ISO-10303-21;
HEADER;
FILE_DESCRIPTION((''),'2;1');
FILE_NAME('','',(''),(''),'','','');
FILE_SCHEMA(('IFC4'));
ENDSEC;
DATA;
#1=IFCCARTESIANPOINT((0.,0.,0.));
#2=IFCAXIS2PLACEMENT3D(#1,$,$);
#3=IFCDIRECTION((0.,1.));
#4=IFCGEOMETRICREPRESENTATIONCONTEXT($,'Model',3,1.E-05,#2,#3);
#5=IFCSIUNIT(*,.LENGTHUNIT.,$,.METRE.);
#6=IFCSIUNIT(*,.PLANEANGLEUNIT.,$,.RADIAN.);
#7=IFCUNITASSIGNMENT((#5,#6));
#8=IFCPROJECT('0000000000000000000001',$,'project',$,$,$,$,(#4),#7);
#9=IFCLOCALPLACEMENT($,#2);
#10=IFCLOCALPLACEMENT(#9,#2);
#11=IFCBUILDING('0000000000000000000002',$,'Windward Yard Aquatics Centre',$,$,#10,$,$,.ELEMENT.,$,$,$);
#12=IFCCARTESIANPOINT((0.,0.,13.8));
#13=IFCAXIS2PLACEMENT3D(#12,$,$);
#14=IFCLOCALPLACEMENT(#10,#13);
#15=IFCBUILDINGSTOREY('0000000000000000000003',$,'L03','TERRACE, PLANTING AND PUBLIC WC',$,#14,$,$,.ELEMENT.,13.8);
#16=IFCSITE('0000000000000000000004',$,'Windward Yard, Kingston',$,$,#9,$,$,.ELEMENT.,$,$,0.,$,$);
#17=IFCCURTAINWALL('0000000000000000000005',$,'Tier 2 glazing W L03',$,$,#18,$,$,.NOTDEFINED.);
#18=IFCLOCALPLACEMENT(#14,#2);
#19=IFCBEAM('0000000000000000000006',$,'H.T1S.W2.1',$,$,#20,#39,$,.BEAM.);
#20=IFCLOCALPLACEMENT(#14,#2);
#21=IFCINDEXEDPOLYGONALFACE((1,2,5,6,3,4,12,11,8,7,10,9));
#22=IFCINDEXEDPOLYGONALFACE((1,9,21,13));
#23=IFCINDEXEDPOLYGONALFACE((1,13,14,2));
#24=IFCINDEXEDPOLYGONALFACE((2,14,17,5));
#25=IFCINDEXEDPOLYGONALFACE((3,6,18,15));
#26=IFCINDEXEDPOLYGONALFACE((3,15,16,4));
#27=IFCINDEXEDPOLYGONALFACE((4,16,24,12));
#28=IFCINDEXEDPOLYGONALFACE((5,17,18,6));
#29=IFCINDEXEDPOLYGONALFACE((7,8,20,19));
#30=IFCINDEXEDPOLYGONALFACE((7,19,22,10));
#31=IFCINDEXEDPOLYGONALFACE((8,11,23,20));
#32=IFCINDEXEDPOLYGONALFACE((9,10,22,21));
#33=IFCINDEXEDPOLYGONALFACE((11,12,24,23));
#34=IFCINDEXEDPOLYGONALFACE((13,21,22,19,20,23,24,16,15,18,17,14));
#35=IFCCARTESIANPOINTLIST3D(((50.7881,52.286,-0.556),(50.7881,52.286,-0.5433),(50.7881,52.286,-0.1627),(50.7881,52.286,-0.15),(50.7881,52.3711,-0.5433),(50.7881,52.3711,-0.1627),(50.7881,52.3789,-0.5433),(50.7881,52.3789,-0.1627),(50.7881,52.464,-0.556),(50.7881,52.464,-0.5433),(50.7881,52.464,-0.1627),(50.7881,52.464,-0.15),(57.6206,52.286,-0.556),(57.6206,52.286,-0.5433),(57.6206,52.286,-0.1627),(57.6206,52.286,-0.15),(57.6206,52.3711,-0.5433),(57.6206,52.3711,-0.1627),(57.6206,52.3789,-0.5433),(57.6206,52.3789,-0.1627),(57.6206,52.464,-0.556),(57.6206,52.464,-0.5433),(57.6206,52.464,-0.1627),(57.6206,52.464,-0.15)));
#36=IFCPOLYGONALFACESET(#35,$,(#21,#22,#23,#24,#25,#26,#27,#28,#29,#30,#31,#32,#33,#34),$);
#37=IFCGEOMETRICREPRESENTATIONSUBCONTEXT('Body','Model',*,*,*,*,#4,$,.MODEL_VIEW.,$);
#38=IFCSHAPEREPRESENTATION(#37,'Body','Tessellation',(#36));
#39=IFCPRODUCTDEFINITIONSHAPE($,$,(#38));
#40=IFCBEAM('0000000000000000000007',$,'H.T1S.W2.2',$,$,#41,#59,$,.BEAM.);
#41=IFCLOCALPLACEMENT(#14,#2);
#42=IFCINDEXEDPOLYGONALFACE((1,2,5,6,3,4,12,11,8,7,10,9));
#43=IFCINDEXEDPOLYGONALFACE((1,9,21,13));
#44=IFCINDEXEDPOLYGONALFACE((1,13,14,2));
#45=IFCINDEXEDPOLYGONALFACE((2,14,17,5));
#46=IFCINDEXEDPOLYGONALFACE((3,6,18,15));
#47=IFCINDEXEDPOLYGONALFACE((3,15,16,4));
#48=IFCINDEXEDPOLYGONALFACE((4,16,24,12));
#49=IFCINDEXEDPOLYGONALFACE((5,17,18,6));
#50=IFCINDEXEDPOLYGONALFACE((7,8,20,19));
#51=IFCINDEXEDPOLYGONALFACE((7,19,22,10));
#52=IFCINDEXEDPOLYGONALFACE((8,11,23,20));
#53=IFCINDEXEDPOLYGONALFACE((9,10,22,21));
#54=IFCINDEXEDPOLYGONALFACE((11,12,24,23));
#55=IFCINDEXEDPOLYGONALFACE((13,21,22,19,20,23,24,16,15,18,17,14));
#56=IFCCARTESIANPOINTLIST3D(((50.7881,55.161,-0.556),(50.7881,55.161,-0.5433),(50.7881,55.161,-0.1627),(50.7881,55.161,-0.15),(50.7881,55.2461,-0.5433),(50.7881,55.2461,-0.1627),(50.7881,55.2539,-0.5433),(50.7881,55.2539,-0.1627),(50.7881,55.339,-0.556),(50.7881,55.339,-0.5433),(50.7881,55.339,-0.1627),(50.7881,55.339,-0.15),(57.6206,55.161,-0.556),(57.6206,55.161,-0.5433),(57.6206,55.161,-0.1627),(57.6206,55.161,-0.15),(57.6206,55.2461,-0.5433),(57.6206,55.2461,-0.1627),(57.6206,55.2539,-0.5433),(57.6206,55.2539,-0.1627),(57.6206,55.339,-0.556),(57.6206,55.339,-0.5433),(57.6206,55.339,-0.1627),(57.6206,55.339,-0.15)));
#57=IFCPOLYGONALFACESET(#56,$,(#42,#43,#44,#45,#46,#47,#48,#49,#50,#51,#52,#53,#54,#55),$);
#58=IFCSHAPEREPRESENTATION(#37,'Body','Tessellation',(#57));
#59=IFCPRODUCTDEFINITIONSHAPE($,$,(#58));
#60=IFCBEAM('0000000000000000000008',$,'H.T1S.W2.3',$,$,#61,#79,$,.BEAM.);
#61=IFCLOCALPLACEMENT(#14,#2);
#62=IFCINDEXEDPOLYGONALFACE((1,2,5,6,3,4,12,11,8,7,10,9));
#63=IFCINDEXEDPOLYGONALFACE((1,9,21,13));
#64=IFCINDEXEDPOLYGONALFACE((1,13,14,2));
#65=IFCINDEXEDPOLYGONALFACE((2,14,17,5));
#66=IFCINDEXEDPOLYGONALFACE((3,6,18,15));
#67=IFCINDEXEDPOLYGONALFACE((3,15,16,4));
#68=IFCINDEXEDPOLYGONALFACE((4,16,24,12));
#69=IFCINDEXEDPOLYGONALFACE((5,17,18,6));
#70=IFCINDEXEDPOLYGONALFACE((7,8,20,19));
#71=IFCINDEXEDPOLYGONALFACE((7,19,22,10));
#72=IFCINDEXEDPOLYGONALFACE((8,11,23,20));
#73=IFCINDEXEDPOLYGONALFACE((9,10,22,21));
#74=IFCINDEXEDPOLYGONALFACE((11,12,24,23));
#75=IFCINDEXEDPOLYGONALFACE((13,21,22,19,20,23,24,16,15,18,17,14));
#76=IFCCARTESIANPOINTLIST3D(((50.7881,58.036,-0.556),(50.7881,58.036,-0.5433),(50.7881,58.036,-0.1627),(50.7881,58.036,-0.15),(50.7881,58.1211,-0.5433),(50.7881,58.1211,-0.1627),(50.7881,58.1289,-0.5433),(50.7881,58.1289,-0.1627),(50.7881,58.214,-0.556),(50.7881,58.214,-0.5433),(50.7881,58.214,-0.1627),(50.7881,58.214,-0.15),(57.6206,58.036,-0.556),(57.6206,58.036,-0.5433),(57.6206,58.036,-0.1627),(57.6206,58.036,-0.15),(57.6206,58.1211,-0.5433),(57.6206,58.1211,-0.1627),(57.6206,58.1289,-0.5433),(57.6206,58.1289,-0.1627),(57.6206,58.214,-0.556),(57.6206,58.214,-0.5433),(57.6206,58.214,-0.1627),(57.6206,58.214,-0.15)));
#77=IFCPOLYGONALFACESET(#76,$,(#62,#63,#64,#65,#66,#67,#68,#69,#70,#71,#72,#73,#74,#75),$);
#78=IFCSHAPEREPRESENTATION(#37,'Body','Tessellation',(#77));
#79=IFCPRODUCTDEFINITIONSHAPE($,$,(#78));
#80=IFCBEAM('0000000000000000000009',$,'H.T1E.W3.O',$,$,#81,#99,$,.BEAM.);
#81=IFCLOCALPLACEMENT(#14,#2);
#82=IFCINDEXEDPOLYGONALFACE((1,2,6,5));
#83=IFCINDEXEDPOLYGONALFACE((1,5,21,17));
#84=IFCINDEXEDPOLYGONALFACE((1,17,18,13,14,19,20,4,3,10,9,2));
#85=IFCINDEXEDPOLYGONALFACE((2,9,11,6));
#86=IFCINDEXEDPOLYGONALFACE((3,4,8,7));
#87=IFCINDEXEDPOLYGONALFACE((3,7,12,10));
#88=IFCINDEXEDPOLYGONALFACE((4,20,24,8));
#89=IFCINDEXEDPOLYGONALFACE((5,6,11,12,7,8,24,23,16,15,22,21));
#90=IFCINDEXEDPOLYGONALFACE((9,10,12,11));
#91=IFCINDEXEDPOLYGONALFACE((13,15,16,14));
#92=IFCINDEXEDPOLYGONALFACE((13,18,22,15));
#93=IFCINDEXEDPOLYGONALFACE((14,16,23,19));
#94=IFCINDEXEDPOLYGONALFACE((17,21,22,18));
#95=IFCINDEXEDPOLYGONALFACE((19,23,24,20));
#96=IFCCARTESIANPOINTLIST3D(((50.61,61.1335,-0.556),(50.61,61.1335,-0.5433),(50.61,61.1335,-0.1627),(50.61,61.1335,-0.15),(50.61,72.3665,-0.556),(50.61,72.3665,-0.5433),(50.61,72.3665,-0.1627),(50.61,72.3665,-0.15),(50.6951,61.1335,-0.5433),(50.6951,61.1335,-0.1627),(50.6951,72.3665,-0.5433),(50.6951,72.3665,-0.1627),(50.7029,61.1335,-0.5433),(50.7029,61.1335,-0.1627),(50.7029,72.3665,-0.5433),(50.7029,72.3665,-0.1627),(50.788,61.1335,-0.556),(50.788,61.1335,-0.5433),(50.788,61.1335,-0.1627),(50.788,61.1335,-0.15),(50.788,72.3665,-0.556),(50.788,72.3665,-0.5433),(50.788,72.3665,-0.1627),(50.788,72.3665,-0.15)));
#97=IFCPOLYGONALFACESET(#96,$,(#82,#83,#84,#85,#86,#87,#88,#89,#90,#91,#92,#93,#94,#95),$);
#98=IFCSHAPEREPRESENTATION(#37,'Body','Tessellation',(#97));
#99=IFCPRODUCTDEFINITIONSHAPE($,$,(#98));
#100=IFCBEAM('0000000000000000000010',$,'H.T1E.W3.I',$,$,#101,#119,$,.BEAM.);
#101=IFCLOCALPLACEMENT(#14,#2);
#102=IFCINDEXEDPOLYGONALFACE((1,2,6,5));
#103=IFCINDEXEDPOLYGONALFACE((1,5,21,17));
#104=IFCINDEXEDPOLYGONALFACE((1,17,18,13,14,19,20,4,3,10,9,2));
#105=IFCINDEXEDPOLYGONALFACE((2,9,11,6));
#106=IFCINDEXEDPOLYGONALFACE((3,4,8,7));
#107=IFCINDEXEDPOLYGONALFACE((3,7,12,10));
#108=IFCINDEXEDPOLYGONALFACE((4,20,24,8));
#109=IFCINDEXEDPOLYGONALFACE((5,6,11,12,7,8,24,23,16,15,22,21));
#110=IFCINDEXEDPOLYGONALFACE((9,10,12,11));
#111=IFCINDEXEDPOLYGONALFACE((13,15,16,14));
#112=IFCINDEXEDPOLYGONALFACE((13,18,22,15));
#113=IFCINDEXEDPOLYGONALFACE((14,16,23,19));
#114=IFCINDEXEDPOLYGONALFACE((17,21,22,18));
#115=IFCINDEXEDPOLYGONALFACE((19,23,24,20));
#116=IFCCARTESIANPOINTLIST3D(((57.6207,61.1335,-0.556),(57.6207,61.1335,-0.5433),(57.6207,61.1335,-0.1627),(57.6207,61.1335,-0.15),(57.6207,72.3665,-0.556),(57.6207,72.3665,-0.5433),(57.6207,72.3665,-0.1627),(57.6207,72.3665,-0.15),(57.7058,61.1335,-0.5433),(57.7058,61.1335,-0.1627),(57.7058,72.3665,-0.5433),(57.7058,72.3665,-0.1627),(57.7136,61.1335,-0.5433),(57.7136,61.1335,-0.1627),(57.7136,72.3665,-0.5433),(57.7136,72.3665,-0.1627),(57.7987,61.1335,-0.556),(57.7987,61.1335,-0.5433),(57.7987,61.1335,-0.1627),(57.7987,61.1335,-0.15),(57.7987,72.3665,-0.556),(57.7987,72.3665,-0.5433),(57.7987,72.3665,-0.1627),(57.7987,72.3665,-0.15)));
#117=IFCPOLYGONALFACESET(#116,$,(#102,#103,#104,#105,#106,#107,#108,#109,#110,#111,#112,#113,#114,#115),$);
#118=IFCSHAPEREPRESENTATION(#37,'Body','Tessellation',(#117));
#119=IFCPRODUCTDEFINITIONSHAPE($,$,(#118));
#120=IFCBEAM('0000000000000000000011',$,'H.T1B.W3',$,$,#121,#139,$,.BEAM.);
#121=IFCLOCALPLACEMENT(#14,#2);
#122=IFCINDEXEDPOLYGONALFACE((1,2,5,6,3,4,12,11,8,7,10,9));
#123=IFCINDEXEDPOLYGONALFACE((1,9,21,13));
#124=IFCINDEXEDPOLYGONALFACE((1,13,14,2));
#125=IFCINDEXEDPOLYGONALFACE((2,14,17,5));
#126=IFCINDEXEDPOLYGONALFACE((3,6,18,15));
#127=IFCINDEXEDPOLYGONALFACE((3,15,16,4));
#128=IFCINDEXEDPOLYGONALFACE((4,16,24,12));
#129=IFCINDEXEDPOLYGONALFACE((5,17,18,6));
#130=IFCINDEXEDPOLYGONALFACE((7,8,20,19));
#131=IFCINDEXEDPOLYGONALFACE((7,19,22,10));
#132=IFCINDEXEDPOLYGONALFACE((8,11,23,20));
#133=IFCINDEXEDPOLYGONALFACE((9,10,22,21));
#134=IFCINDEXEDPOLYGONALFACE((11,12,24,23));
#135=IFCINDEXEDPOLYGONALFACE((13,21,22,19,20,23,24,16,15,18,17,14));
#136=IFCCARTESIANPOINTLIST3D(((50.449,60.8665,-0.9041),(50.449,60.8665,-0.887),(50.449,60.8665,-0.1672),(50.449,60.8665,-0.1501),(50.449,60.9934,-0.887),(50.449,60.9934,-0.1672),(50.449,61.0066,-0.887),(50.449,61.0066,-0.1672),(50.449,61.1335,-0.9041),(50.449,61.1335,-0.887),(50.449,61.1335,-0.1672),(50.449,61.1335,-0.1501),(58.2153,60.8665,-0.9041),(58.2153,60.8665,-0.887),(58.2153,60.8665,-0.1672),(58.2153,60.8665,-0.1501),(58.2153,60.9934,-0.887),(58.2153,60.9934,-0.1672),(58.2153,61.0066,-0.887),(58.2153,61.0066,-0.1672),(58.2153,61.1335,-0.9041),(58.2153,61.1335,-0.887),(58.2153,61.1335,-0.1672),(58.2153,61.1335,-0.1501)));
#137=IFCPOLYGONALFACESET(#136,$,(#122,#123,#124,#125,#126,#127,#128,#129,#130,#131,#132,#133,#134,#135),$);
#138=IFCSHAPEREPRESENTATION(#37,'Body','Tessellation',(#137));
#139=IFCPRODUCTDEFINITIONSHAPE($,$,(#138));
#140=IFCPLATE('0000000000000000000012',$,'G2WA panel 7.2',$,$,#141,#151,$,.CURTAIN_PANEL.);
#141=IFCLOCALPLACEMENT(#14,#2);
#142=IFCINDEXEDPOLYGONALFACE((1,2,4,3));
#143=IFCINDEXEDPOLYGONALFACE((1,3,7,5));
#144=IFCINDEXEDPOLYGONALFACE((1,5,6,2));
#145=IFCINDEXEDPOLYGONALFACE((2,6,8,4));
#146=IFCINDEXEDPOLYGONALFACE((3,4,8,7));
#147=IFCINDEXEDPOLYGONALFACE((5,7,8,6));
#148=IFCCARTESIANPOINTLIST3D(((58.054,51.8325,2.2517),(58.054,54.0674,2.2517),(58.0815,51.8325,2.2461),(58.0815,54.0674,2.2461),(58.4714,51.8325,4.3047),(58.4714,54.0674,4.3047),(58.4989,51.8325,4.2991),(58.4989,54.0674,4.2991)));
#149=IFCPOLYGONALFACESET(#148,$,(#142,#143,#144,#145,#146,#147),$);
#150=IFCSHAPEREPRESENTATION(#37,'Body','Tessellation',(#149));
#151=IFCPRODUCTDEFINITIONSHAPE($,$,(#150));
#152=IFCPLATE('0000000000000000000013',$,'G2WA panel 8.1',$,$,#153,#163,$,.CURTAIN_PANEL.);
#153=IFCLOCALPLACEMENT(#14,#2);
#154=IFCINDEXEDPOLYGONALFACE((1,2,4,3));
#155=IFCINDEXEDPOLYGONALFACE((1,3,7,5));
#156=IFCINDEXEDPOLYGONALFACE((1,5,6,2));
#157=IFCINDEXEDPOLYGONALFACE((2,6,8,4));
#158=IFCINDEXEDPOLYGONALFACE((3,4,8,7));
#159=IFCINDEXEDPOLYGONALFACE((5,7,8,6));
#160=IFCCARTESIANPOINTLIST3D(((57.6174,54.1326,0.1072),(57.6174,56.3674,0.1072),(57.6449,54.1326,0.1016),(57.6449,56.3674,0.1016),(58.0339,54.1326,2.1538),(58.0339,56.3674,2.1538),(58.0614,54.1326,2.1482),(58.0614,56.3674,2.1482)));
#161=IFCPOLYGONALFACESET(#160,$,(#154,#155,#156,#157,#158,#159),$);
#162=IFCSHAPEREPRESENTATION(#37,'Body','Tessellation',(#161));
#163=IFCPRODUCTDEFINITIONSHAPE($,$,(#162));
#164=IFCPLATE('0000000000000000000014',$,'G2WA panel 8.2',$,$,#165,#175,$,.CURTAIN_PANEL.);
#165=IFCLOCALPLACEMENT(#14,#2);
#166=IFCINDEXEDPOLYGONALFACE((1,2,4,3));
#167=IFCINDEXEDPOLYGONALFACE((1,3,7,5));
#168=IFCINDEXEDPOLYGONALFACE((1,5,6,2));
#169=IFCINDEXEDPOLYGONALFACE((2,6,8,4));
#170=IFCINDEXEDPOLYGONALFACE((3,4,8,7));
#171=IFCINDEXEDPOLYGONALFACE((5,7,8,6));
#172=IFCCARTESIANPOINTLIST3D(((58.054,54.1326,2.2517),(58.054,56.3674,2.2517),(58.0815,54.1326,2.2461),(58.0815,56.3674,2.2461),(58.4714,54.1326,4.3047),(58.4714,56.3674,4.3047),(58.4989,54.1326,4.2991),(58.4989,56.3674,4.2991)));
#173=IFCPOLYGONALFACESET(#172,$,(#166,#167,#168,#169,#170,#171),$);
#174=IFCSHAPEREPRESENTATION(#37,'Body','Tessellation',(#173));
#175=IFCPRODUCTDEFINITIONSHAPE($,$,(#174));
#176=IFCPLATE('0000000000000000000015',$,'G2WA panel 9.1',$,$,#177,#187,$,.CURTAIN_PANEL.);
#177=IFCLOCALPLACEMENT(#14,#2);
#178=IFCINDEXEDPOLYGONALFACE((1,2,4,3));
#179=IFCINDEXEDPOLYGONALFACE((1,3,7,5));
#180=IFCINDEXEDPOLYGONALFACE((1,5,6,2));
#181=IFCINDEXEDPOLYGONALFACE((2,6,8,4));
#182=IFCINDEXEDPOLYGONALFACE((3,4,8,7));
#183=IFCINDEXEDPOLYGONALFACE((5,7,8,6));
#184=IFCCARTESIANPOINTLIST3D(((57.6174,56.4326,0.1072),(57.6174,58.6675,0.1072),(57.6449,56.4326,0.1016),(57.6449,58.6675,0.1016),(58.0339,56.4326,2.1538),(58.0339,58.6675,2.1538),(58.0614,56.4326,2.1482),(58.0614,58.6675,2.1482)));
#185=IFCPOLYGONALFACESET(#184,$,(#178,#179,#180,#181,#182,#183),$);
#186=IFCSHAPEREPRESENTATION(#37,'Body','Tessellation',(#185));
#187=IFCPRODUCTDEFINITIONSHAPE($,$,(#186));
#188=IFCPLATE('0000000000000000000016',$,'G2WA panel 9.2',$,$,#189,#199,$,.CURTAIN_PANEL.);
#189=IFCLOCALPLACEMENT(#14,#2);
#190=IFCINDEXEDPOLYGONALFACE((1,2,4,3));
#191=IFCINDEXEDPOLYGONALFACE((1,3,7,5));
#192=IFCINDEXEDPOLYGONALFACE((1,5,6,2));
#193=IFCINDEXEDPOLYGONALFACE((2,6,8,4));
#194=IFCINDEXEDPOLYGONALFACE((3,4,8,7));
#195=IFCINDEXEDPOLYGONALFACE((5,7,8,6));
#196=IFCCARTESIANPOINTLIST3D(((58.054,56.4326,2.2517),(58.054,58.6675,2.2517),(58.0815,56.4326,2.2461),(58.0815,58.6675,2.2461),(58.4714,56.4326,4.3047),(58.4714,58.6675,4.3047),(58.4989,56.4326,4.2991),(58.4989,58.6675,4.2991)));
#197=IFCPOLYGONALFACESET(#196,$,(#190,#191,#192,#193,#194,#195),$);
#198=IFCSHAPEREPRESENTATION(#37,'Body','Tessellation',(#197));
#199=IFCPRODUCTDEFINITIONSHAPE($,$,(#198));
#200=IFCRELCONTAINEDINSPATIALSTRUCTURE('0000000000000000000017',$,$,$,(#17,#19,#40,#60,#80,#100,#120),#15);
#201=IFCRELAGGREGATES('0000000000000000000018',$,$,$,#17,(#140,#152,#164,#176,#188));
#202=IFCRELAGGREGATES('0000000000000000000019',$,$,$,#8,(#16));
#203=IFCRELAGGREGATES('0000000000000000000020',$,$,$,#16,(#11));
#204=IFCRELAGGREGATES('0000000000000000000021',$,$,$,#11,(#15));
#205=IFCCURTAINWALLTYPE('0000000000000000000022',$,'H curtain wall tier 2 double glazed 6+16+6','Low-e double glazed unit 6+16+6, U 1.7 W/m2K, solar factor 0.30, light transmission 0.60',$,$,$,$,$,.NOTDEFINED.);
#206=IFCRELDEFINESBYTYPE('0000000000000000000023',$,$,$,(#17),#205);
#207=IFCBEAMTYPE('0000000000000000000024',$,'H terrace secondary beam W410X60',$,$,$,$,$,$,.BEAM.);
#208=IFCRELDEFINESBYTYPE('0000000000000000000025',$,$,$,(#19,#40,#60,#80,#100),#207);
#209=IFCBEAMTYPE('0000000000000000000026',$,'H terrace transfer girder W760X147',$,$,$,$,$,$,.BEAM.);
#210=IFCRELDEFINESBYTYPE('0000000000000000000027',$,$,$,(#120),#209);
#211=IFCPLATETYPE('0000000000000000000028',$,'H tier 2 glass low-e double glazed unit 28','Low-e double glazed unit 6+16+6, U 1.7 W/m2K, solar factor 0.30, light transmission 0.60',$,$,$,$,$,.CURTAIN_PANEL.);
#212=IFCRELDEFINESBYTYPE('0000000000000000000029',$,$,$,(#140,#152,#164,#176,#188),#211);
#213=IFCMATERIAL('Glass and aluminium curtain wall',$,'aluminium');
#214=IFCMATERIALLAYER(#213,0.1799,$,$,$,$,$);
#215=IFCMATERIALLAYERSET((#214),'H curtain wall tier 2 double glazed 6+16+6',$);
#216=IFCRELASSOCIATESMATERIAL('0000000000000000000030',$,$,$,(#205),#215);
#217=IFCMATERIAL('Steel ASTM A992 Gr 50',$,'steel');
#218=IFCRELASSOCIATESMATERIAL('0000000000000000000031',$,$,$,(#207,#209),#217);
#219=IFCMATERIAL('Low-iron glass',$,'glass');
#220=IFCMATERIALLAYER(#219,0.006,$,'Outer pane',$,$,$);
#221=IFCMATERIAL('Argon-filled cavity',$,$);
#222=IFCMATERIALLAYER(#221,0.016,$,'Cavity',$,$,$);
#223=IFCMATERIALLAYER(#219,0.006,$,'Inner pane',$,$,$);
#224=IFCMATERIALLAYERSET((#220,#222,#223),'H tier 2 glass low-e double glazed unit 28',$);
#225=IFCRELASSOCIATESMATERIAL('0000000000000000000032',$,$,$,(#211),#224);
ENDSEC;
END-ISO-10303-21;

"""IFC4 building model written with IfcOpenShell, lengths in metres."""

from ifc_helpers import new_model, si_unit, direction, frame, origin, origin_2d, place, context, subcontext, project, spatial, polyline, i_section, outline, extrude, material, layer, layer_set, material_profile, profile_set, type_object, element, aggregate, save


model = new_model("IFC4")

# Units and contexts
model_context = context("Model", 3, precision=1e-05, world=origin(), true_north=direction((0.0, 1.0)))
body_context = subcontext(model_context, "Body", "Model", "MODEL_VIEW")
ifc_project = project(units=[si_unit("LENGTHUNIT", "METRE"), si_unit("PLANEANGLEUNIT", "RADIAN")], contexts=[model_context])

# Site, building, storey
site_placement = place(None, origin())
site = spatial("IfcSite", under=ifc_project, at=site_placement, Name="Windward Yard, Kingston", CompositionType="ELEMENT", RefElevation=0.0)
building_placement = place(site_placement, origin())
building = spatial("IfcBuilding", under=site, at=building_placement, Name="Windward Yard Aquatics Centre", CompositionType="ELEMENT")
storey_placement = place(building_placement, frame((0.0, 0.0, 13.8)))
storey = spatial("IfcBuildingStorey", under=building, at=storey_placement, Name="L03", Description="TERRACE, PLANTING AND PUBLIC WC", CompositionType="ELEMENT", Elevation=13.8)

# Curtain wall
ifc_material_1 = material(Name="Glass and aluminium curtain wall", Category="aluminium")
ifc_layer_1 = layer(ifc_material_1, 0.1799)
ifc_layer_set_1 = layer_set([ifc_layer_1], Name="H curtain wall tier 2 double glazed 6+16+6")
curtain_wall_type = type_object("IfcCurtainWallType", Name="H curtain wall tier 2 double glazed 6+16+6", Description="Low-e double glazed unit 6+16+6, U 1.7 W/m2K, solar factor 0.30, light transmission 0.60", PredefinedType="NOTDEFINED", material=ifc_layer_set_1)
curtain_wall_placement = place(storey_placement, origin())
curtain_wall = element("IfcCurtainWall", 1, at=curtain_wall_placement, inside=storey, type_object=curtain_wall_type, Name="Tier 2 glazing W L03", PredefinedType="NOTDEFINED")

# Beams
ifc_material_2 = material(Name="Steel ASTM A992 Gr 50", Category="steel")
ifc_material_profile_1 = material_profile(ifc_material_2, i_section(OverallWidth=0.178, OverallDepth=0.406, WebThickness=0.0078, FlangeThickness=0.0127, at=origin_2d()), Name="W410X60")
ifc_profile_set_1 = profile_set([ifc_material_profile_1], Name="Steel ASTM A992 Gr 50")
beam_type_1 = type_object("IfcBeamType", Name="H terrace secondary beam W410X60", PredefinedType="BEAM", material=ifc_profile_set_1)
for number, where, z_axis, x_axis, name in (
    (2, (50.7881, 52.375, -0.353), (1.0, 0.0, 0.0), (0.0, 1.0, 0.0), "H.T1S.W2.1"),
    (3, (50.7881, 55.25, -0.353), (1.0, 0.0, 0.0), (0.0, 1.0, 0.0), "H.T1S.W2.2"),
    (4, (50.7881, 58.125, -0.353), (1.0, 0.0, 0.0), (0.0, 1.0, 0.0), "H.T1S.W2.3"),
):
    element("IfcBeam", number, at=place(storey_placement, frame(where, z_axis=z_axis, x_axis=x_axis)), inside=storey, type_object=beam_type_1, Name=name, PredefinedType="BEAM", context=body_context, shape_type="SweptSolid", body=[
        extrude(i_section(OverallWidth=0.178, OverallDepth=0.406, WebThickness=0.0078, FlangeThickness=0.0127, at=origin_2d()), origin(), (0.0, 0.0, 1.0), 6.8325),
    ])
for number, where, z_axis, x_axis, name in (
    (5, (50.699, 61.1335, -0.353), (0.0, 1.0, 0.0), (-1.0, 0.0, 0.0), "H.T1E.W3.O"),
    (6, (57.7097, 61.1335, -0.353), (0.0, 1.0, 0.0), (-1.0, 0.0, 0.0), "H.T1E.W3.I"),
):
    element("IfcBeam", number, at=place(storey_placement, frame(where, z_axis=z_axis, x_axis=x_axis)), inside=storey, type_object=beam_type_1, Name=name, PredefinedType="BEAM", context=body_context, shape_type="SweptSolid", body=[
        extrude(i_section(OverallWidth=0.178, OverallDepth=0.406, WebThickness=0.0078, FlangeThickness=0.0127, at=origin_2d()), origin(), (0.0, 0.0, 1.0), 11.2329),
    ])
ifc_material_profile_2 = material_profile(ifc_material_2, i_section(OverallWidth=0.2671, OverallDepth=0.7539, WebThickness=0.0132, FlangeThickness=0.0171, at=origin_2d()), Name="W760X147")
ifc_profile_set_2 = profile_set([ifc_material_profile_2], Name="Steel ASTM A992 Gr 50")
beam_type_2 = type_object("IfcBeamType", Name="H terrace transfer girder W760X147", PredefinedType="BEAM", material=ifc_profile_set_2)
beam_placement = place(storey_placement, frame((50.449, 61.0, -0.5271), z_axis=(1.0, 0.0, 0.0), x_axis=(0.0, 1.0, 0.0)))
element("IfcBeam", 7, at=beam_placement, inside=storey, type_object=beam_type_2, Name="H.T1B.W3", PredefinedType="BEAM", context=body_context, shape_type="SweptSolid", body=[
    extrude(i_section(OverallWidth=0.2671, OverallDepth=0.7539, WebThickness=0.0132, FlangeThickness=0.0171, at=origin_2d()), origin(), (0.0, 0.0, 1.0), 7.7664),
])

# Plates
ifc_material_3 = material(Name="Low-iron glass", Category="glass")
ifc_layer_2 = layer(ifc_material_3, 0.006, Name="Outer pane")
ifc_material_4 = material(Name="Argon-filled cavity")
ifc_layer_3 = layer(ifc_material_4, 0.016, Name="Cavity")
ifc_layer_4 = layer(ifc_material_3, 0.006, Name="Inner pane")
ifc_layer_set_2 = layer_set([ifc_layer_2, ifc_layer_3, ifc_layer_4], Name="H tier 2 glass low-e double glazed unit 28")
plate_type = type_object("IfcPlateType", Name="H tier 2 glass low-e double glazed unit 28", Description="Low-e double glazed unit 6+16+6, U 1.7 W/m2K, solar factor 0.30, light transmission 0.60", PredefinedType="CURTAIN_PANEL", material=ifc_layer_set_2)
plate_1_placement = place(storey_placement, frame((58.054, 51.8325, 2.2517), z_axis=(-0.979944, 0.0, 0.199275), x_axis=(0.0, 1.0, 0.0)))
plate_1 = element("IfcPlate", 8, at=plate_1_placement, type_object=plate_type, Name="G2WA panel 7.2", PredefinedType="CURTAIN_PANEL", context=body_context, shape_type="SweptSolid", body=[
    extrude(outline(polyline([(0.0, 0.0), (2.2349, 0.0), (2.2349, -2.095), (0.0, -2.095), (0.0, 0.0)])), origin(), (0.0, 0.0, -1.0), 0.0281),
])
plate_2_placement = place(storey_placement, frame((57.6174, 54.1326, 0.1072), z_axis=(-0.979914, 0.0, 0.199419), x_axis=(0.0, 1.0, 0.0)))
plate_2 = element("IfcPlate", 9, at=plate_2_placement, type_object=plate_type, Name="G2WA panel 8.1", PredefinedType="CURTAIN_PANEL", context=body_context, shape_type="SweptSolid", body=[
    extrude(outline(polyline([(0.0, 0.0), (2.2349, 0.0), (2.2349, -2.0886), (0.0, -2.0886), (0.0, 0.0)])), origin(), (0.0, 0.0, -1.0), 0.0281),
])
plate_3_placement = place(storey_placement, frame((58.054, 54.1326, 2.2517), z_axis=(-0.979944, 0.0, 0.199275), x_axis=(0.0, 1.0, 0.0)))
plate_3 = element("IfcPlate", 10, at=plate_3_placement, type_object=plate_type, Name="G2WA panel 8.2", PredefinedType="CURTAIN_PANEL", context=body_context, shape_type="SweptSolid", body=[
    extrude(outline(polyline([(0.0, 0.0), (2.2349, 0.0), (2.2349, -2.095), (0.0, -2.095), (0.0, 0.0)])), origin(), (0.0, 0.0, -1.0), 0.0281),
])
plate_4_placement = place(storey_placement, frame((57.6174, 56.4326, 0.1072), z_axis=(-0.979914, 0.0, 0.199419), x_axis=(0.0, 1.0, 0.0)))
plate_4 = element("IfcPlate", 11, at=plate_4_placement, type_object=plate_type, Name="G2WA panel 9.1", PredefinedType="CURTAIN_PANEL", context=body_context, shape_type="SweptSolid", body=[
    extrude(outline(polyline([(0.0, 0.0), (2.2349, 0.0), (2.2349, -2.0886), (0.0, -2.0886), (0.0, 0.0)])), origin(), (0.0, 0.0, -1.0), 0.0281),
])
plate_5_placement = place(storey_placement, frame((58.054, 56.4326, 2.2517), z_axis=(-0.979944, 0.0, 0.199275), x_axis=(0.0, 1.0, 0.0)))
plate_5 = element("IfcPlate", 12, at=plate_5_placement, type_object=plate_type, Name="G2WA panel 9.2", PredefinedType="CURTAIN_PANEL", context=body_context, shape_type="SweptSolid", body=[
    extrude(outline(polyline([(0.0, 0.0), (2.2349, 0.0), (2.2349, -2.095), (0.0, -2.095), (0.0, 0.0)])), origin(), (0.0, 0.0, -1.0), 0.0281),
])
aggregate(curtain_wall, [plate_1, plate_2, plate_3, plate_4, plate_5])

save(model, "model.ifc")
